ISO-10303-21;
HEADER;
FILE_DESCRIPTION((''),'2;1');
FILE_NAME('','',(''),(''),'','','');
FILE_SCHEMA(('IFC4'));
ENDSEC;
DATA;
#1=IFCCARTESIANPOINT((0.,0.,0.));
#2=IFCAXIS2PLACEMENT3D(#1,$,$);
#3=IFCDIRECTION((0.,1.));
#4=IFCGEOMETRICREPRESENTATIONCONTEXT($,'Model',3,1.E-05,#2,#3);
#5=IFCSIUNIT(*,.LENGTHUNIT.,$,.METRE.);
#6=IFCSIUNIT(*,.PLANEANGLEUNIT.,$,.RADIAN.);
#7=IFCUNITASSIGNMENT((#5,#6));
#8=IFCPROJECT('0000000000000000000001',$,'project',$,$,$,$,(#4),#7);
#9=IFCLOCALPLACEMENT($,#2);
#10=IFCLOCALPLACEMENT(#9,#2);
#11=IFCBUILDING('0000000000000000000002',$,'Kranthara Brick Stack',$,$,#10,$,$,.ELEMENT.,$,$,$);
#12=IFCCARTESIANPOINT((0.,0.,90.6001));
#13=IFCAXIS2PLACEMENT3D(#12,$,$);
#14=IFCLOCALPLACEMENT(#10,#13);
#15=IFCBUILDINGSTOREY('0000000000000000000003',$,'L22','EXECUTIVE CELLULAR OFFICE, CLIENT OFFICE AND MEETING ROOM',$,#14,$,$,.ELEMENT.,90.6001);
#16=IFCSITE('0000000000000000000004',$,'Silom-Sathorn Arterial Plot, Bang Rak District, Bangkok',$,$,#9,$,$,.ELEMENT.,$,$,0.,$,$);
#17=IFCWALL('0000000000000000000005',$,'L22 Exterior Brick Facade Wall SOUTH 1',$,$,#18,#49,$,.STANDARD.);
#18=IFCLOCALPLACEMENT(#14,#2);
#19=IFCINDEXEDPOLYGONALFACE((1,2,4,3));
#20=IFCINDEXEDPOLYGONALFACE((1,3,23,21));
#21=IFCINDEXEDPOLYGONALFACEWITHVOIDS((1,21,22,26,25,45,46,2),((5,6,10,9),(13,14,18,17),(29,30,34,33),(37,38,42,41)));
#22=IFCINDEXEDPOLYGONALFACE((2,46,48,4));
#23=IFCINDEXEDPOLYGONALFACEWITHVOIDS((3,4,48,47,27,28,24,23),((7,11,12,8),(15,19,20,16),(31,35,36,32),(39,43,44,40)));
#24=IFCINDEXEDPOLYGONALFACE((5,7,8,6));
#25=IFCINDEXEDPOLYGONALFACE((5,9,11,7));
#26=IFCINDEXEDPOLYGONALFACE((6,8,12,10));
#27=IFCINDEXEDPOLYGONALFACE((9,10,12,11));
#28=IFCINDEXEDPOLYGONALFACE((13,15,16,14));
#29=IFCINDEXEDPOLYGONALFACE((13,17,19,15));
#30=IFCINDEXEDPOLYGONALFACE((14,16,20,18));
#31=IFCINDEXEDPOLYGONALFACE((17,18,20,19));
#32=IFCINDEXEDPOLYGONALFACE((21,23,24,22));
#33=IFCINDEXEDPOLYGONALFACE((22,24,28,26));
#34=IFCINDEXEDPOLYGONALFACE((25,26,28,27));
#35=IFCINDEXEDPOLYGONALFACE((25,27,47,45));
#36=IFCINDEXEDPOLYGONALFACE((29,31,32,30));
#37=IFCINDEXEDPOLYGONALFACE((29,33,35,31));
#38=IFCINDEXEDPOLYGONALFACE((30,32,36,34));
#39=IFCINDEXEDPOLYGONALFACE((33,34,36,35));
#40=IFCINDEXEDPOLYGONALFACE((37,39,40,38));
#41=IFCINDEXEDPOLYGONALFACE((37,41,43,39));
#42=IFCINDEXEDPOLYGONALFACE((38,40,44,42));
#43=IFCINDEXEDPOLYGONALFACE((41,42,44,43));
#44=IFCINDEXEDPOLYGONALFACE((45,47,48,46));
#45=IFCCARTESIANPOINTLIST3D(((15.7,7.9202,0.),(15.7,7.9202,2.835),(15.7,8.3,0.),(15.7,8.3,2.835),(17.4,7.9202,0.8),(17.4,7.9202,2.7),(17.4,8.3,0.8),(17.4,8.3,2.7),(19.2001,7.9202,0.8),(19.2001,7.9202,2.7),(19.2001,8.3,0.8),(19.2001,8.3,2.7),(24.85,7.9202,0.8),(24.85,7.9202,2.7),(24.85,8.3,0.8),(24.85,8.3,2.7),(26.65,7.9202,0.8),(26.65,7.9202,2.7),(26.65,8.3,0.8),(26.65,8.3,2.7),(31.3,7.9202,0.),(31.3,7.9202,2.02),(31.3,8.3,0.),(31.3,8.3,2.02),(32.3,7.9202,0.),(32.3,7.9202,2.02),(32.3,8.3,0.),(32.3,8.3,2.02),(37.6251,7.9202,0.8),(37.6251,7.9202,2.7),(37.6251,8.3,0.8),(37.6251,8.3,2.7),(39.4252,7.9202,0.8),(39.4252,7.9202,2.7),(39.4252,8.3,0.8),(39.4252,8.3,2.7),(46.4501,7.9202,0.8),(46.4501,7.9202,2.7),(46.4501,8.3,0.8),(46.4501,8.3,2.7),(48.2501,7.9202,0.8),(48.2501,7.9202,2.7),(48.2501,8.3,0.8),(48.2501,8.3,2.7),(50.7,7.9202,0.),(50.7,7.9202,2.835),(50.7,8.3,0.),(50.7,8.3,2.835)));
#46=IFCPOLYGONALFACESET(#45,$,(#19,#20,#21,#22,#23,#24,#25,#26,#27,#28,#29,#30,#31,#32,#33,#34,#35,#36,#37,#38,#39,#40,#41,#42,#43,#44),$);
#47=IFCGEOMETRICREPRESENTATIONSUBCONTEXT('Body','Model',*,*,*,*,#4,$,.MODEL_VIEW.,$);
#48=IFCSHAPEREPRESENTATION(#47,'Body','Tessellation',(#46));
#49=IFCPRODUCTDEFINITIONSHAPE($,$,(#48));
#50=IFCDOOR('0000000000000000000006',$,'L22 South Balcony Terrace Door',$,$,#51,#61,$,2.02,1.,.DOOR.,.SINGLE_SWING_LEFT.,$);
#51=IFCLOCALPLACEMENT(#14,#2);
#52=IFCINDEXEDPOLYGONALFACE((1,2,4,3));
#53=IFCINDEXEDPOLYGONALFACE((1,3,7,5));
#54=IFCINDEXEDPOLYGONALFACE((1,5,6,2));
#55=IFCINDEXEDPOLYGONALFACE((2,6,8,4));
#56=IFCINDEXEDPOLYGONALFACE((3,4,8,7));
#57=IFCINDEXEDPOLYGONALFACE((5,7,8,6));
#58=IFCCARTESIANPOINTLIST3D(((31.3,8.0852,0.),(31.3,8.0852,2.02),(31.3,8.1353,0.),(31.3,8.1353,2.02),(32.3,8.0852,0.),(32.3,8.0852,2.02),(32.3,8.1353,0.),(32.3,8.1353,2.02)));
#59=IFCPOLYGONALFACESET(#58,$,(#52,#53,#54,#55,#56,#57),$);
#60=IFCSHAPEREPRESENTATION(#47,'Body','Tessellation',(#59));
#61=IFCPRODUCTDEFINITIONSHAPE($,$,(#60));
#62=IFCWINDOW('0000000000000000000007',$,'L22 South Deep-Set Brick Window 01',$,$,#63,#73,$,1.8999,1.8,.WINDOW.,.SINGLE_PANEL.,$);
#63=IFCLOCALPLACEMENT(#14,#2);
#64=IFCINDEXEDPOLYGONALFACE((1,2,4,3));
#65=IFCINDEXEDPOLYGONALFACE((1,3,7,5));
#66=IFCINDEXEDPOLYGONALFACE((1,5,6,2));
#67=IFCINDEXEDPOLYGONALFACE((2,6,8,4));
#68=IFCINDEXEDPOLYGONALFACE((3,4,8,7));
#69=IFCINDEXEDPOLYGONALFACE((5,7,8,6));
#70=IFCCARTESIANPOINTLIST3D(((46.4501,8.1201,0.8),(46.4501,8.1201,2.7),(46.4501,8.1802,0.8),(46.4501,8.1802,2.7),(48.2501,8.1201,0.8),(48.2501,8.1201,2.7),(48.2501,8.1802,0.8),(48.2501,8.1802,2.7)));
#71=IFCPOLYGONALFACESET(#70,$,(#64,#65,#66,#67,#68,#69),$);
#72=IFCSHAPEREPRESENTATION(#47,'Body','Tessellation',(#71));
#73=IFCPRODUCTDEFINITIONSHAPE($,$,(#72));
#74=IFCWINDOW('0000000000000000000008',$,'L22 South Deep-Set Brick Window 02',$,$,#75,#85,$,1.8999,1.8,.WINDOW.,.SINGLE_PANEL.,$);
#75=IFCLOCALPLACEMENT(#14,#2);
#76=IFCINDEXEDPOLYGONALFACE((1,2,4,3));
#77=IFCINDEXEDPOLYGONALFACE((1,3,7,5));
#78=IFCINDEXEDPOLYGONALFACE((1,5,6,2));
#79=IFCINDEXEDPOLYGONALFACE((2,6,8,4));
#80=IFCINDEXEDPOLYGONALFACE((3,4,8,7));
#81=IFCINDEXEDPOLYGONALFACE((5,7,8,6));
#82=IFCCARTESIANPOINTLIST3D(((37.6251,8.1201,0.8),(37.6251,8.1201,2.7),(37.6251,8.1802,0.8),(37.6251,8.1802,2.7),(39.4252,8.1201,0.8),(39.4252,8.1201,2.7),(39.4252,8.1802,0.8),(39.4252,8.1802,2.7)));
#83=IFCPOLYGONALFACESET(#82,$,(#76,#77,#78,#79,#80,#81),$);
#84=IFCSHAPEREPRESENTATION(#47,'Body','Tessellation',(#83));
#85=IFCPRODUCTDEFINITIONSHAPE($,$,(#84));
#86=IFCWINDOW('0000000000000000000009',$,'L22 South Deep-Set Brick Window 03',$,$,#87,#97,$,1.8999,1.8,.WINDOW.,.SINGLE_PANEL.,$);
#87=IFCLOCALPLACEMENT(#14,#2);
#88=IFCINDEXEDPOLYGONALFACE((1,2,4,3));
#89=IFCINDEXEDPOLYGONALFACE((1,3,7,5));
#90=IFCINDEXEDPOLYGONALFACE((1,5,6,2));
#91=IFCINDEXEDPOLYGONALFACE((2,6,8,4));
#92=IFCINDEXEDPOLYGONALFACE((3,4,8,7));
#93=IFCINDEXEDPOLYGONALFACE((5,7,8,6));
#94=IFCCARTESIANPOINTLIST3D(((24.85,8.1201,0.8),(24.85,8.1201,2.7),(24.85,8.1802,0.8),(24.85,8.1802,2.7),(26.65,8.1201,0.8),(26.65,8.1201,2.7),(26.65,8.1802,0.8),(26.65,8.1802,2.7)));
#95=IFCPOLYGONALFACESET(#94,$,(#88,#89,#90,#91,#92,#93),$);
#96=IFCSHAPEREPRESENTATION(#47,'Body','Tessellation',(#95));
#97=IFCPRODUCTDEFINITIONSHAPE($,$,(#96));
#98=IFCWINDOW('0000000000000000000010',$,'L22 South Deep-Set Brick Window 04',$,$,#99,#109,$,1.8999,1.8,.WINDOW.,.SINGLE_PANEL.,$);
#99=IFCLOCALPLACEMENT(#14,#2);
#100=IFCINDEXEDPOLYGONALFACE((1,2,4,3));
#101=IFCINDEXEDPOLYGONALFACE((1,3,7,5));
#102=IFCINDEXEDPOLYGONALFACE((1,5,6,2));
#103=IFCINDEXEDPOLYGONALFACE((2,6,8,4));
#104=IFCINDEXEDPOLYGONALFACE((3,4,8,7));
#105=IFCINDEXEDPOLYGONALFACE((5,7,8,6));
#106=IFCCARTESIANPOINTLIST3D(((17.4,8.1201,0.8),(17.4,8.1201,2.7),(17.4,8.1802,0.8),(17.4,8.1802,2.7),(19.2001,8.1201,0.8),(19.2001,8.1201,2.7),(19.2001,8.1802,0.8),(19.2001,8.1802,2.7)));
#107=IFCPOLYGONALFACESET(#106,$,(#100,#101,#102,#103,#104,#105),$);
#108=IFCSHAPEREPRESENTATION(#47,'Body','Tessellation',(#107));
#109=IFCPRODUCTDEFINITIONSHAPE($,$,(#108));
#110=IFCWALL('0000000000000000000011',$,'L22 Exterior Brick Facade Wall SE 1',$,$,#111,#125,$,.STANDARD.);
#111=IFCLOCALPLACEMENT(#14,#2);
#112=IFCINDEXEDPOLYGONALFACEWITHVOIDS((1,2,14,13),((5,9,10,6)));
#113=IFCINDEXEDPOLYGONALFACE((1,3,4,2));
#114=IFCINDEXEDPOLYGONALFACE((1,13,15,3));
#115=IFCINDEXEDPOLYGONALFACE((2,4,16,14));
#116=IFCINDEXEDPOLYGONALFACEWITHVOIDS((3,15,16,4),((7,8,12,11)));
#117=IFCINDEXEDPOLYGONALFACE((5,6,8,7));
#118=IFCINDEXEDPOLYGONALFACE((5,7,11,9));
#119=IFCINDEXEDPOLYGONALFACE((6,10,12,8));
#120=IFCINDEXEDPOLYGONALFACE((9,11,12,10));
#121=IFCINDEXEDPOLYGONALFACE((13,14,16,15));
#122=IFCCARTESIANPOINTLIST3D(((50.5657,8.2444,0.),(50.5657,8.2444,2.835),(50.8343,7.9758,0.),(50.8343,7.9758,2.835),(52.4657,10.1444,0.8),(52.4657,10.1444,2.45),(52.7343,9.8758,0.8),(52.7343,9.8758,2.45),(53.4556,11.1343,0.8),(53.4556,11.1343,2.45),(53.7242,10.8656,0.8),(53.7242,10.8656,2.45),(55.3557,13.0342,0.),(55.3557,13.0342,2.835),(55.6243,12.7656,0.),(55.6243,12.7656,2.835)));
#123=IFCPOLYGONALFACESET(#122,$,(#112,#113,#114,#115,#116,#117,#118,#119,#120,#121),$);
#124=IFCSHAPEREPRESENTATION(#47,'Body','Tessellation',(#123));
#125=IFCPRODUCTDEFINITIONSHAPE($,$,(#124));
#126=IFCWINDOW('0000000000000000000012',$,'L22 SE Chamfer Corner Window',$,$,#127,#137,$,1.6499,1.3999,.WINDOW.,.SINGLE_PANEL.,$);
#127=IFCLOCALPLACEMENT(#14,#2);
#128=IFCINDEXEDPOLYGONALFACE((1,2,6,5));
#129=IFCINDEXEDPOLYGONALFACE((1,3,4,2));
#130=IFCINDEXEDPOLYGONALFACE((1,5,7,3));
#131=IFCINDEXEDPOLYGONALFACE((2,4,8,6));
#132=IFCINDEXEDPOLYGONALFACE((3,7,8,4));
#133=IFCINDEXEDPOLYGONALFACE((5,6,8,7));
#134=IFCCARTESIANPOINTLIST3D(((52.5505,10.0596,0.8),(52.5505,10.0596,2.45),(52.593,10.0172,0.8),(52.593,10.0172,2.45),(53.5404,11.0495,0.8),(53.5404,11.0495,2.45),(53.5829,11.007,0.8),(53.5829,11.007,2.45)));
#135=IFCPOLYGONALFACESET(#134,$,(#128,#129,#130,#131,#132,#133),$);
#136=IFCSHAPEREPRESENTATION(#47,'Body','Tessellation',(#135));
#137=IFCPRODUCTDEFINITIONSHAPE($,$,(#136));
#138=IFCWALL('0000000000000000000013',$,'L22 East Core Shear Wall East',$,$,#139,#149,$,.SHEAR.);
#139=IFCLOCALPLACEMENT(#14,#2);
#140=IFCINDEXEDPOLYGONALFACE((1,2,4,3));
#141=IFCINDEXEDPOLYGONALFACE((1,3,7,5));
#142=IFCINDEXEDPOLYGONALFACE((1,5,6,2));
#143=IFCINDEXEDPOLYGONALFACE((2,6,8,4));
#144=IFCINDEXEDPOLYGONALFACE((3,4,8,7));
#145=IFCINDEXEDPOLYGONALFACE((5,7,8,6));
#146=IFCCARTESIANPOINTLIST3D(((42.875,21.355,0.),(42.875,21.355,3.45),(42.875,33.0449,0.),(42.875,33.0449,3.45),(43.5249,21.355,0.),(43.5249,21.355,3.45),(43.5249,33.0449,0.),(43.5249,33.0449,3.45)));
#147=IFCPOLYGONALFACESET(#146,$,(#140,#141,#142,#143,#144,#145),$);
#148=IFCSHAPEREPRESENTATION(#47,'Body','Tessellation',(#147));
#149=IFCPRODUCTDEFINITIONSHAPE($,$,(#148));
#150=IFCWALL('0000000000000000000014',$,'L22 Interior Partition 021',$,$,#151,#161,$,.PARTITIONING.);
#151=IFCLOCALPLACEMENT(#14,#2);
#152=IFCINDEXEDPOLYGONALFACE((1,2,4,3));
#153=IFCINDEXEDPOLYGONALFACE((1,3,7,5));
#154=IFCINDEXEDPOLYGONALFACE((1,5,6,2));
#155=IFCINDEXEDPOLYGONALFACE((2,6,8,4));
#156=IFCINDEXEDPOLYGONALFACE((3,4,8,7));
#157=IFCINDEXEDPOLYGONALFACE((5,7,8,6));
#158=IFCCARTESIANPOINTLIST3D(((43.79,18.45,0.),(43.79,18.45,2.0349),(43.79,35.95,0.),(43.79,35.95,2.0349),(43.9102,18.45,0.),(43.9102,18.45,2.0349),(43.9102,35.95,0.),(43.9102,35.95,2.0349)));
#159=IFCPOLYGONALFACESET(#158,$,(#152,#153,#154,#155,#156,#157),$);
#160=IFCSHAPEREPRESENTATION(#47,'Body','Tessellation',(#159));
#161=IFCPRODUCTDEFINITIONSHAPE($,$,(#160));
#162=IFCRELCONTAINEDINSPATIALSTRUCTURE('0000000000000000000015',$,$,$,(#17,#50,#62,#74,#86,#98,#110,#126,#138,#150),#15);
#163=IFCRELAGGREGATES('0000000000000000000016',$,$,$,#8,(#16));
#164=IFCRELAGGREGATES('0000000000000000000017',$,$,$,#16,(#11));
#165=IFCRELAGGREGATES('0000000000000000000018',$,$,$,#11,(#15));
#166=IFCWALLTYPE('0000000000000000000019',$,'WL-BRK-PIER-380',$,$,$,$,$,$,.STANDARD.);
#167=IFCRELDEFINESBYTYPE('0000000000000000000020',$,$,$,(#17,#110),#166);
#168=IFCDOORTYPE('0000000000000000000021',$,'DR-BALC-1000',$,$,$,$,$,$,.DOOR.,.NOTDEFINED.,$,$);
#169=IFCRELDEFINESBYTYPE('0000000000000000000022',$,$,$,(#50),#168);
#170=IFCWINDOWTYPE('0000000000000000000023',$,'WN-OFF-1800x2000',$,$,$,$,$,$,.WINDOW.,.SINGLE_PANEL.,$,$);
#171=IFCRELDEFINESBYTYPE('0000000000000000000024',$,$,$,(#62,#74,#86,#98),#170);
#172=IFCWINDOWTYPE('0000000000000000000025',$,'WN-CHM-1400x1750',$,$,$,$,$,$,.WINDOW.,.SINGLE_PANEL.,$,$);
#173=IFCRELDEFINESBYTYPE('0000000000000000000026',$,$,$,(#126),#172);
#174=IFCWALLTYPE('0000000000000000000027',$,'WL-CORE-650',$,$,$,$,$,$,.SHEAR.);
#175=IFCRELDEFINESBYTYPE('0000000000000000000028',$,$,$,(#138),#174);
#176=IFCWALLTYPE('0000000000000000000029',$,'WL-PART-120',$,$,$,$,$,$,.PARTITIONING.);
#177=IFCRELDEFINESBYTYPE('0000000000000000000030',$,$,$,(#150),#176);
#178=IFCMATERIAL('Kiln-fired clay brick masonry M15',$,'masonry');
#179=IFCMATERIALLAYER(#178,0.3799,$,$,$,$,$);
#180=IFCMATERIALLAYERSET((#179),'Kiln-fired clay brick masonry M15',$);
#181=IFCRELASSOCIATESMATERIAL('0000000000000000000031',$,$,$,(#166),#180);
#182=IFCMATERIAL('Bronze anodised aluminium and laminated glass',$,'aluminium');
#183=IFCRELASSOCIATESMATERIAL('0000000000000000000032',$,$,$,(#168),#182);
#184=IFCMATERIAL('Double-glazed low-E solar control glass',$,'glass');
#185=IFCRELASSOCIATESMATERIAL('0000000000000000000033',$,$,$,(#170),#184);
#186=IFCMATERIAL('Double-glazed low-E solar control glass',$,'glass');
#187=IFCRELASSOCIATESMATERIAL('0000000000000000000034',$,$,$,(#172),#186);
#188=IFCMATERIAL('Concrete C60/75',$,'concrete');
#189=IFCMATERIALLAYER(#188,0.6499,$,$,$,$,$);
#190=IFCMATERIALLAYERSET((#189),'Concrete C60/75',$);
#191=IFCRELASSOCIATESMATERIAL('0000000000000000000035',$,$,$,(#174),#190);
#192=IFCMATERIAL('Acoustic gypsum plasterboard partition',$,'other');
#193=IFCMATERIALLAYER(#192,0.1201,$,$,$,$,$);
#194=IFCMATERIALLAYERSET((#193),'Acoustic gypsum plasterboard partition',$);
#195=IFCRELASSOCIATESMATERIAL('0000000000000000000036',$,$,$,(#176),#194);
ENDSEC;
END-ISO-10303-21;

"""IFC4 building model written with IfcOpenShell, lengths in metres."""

from ifc_helpers import new_model, si_unit, direction, frame, frame_2d, origin, place, context, subcontext, project, spatial, rectangle, extrude, material, layer, layer_set, type_object, element, fill, save


model = new_model("IFC4")

# Units and contexts
model_context = context("Model", 3, precision=1e-05, world=origin(), true_north=direction((0.0, 1.0)))
body_context = subcontext(model_context, "Body", "Model", "MODEL_VIEW")
ifc_project = project(units=[si_unit("LENGTHUNIT", "METRE"), si_unit("PLANEANGLEUNIT", "RADIAN")], contexts=[model_context])

# Site, building, storey
site_placement = place(None, origin())
site = spatial("IfcSite", under=ifc_project, at=site_placement, Name="Silom-Sathorn Arterial Plot, Bang Rak District, Bangkok", CompositionType="ELEMENT", RefElevation=0.0)
building_placement = place(site_placement, origin())
building = spatial("IfcBuilding", under=site, at=building_placement, Name="Kranthara Brick Stack", CompositionType="ELEMENT")
storey_placement = place(building_placement, frame((0.0, 0.0, 90.6001)))
storey = spatial("IfcBuildingStorey", under=building, at=storey_placement, Name="L22", Description="EXECUTIVE CELLULAR OFFICE, CLIENT OFFICE AND MEETING ROOM", CompositionType="ELEMENT", Elevation=90.6001)

# Wall, openings, door, windows
ifc_material_1 = material(Name="Kiln-fired clay brick masonry M15", Category="masonry")
ifc_layer_1 = layer(ifc_material_1, 0.3799)
ifc_layer_set_1 = layer_set([ifc_layer_1], Name="Kiln-fired clay brick masonry M15")
wall_type_1 = type_object("IfcWallType", Name="WL-BRK-PIER-380", PredefinedType="STANDARD", material=ifc_layer_set_1)
wall_1_placement = place(storey_placement, frame((50.7, 8.1101, 0.0), z_axis=(0.0, 0.0, 1.0), x_axis=(-1.0, 0.0, 0.0)))
wall_1 = element("IfcWall", 1, at=wall_1_placement, inside=storey, type_object=wall_type_1, Name="L22 Exterior Brick Facade Wall SOUTH 1", PredefinedType="STANDARD", context=body_context, shape_type="SweptSolid", body=[
    extrude(rectangle(XDim=35.0, YDim=0.3799, at=frame_2d((17.5, 0.0))), origin(), (0.0, 0.0, 1.0), 2.835),
])
opening_1_placement = place(wall_1_placement, frame((18.3999, 0.0, 0.0)))
opening_1 = element("IfcOpeningElement", 2, at=opening_1_placement, cuts=wall_1, PredefinedType="OPENING", context=body_context, shape_type="SweptSolid", body=[
    extrude(rectangle(XDim=1.0, YDim=2.02, at=frame_2d((0.5, 1.01))), frame((0.0, 0.2, 0.0), z_axis=(0.0, -1.0, 0.0), x_axis=(1.0, 0.0, 0.0)), (0.0, 0.0, 1.0), 0.3999),
])
opening_2_placement = place(wall_1_placement, frame((2.45, 0.0, 0.8)))
opening_2 = element("IfcOpeningElement", 3, at=opening_2_placement, cuts=wall_1, PredefinedType="OPENING", context=body_context, shape_type="SweptSolid", body=[
    extrude(rectangle(XDim=1.8, YDim=1.8999, at=frame_2d((0.8999, 0.95))), frame((0.0, 0.2, 0.0), z_axis=(0.0, -1.0, 0.0), x_axis=(1.0, 0.0, 0.0)), (0.0, 0.0, 1.0), 0.3999),
])
opening_3_placement = place(wall_1_placement, frame((11.2749, 0.0, 0.8)))
opening_3 = element("IfcOpeningElement", 4, at=opening_3_placement, cuts=wall_1, PredefinedType="OPENING", context=body_context, shape_type="SweptSolid", body=[
    extrude(rectangle(XDim=1.8, YDim=1.8999, at=frame_2d((0.8999, 0.95))), frame((0.0, 0.2, 0.0), z_axis=(0.0, -1.0, 0.0), x_axis=(1.0, 0.0, 0.0)), (0.0, 0.0, 1.0), 0.3999),
])
opening_4_placement = place(wall_1_placement, frame((24.05, 0.0, 0.8)))
opening_4 = element("IfcOpeningElement", 5, at=opening_4_placement, cuts=wall_1, PredefinedType="OPENING", context=body_context, shape_type="SweptSolid", body=[
    extrude(rectangle(XDim=1.8, YDim=1.8999, at=frame_2d((0.8999, 0.95))), frame((0.0, 0.2, 0.0), z_axis=(0.0, -1.0, 0.0), x_axis=(1.0, 0.0, 0.0)), (0.0, 0.0, 1.0), 0.3999),
])
opening_5_placement = place(wall_1_placement, frame((31.5, 0.0, 0.8)))
opening_5 = element("IfcOpeningElement", 6, at=opening_5_placement, cuts=wall_1, PredefinedType="OPENING", context=body_context, shape_type="SweptSolid", body=[
    extrude(rectangle(XDim=1.8, YDim=1.8999, at=frame_2d((0.8999, 0.95))), frame((0.0, 0.2, 0.0), z_axis=(0.0, -1.0, 0.0), x_axis=(1.0, 0.0, 0.0)), (0.0, 0.0, 1.0), 0.3999),
])
ifc_material_2 = material(Name="Bronze anodised aluminium and laminated glass", Category="aluminium")
door_type_1 = type_object("IfcDoorType", Name="DR-BALC-1000", OperationType="NOTDEFINED", PredefinedType="DOOR", material=ifc_material_2)
door_1_placement = place(opening_1_placement, origin())
door_1 = element("IfcDoor", 7, at=door_1_placement, inside=storey, type_object=door_type_1, Name="L22 South Balcony Terrace Door", OperationType="SINGLE_SWING_LEFT", OverallHeight=2.02, OverallWidth=1.0, PredefinedType="DOOR", context=body_context, shape_type="SweptSolid", body=[
    extrude(rectangle(XDim=1.0, YDim=2.02, at=frame_2d((0.5, 1.01))), frame((0.0, 0.0249, 0.0), z_axis=(0.0, -1.0, 0.0), x_axis=(1.0, 0.0, 0.0)), (0.0, 0.0, 1.0), 0.05),
])
fill(opening_1, door_1)
ifc_material_3 = material(Name="Double-glazed low-E solar control glass", Category="glass")
window_type_1 = type_object("IfcWindowType", Name="WN-OFF-1800x2000", PartitioningType="SINGLE_PANEL", PredefinedType="WINDOW", material=ifc_material_3)
window_1_placement = place(opening_2_placement, origin())
window_1 = element("IfcWindow", 8, at=window_1_placement, inside=storey, type_object=window_type_1, Name="L22 South Deep-Set Brick Window 01", OverallHeight=1.8999, OverallWidth=1.8, PartitioningType="SINGLE_PANEL", PredefinedType="WINDOW", context=body_context, shape_type="SweptSolid", body=[
    extrude(rectangle(XDim=1.8, YDim=1.8999, at=frame_2d((0.8999, 0.95))), frame((0.0, -0.01, 0.0), z_axis=(0.0, -1.0, 0.0), x_axis=(1.0, 0.0, 0.0)), (0.0, 0.0, 1.0), 0.0601),
])
fill(opening_2, window_1)
window_2_placement = place(opening_3_placement, origin())
window_2 = element("IfcWindow", 9, at=window_2_placement, inside=storey, type_object=window_type_1, Name="L22 South Deep-Set Brick Window 02", OverallHeight=1.8999, OverallWidth=1.8, PartitioningType="SINGLE_PANEL", PredefinedType="WINDOW", context=body_context, shape_type="SweptSolid", body=[
    extrude(rectangle(XDim=1.8, YDim=1.8999, at=frame_2d((0.8999, 0.95))), frame((0.0, -0.01, 0.0), z_axis=(0.0, -1.0, 0.0), x_axis=(1.0, 0.0, 0.0)), (0.0, 0.0, 1.0), 0.0601),
])
fill(opening_3, window_2)
window_3_placement = place(opening_4_placement, origin())
window_3 = element("IfcWindow", 10, at=window_3_placement, inside=storey, type_object=window_type_1, Name="L22 South Deep-Set Brick Window 03", OverallHeight=1.8999, OverallWidth=1.8, PartitioningType="SINGLE_PANEL", PredefinedType="WINDOW", context=body_context, shape_type="SweptSolid", body=[
    extrude(rectangle(XDim=1.8, YDim=1.8999, at=frame_2d((0.8999, 0.95))), frame((0.0, -0.01, 0.0), z_axis=(0.0, -1.0, 0.0), x_axis=(1.0, 0.0, 0.0)), (0.0, 0.0, 1.0), 0.0601),
])
fill(opening_4, window_3)
window_4_placement = place(opening_5_placement, origin())
window_4 = element("IfcWindow", 11, at=window_4_placement, inside=storey, type_object=window_type_1, Name="L22 South Deep-Set Brick Window 04", OverallHeight=1.8999, OverallWidth=1.8, PartitioningType="SINGLE_PANEL", PredefinedType="WINDOW", context=body_context, shape_type="SweptSolid", body=[
    extrude(rectangle(XDim=1.8, YDim=1.8999, at=frame_2d((0.8999, 0.95))), frame((0.0, -0.01, 0.0), z_axis=(0.0, -1.0, 0.0), x_axis=(1.0, 0.0, 0.0)), (0.0, 0.0, 1.0), 0.0601),
])
fill(opening_5, window_4)

# Wall, opening, window
wall_2_placement = place(storey_placement, frame((55.49, 12.8999, 0.0), z_axis=(0.0, 0.0, 1.0), x_axis=(-0.707125, -0.707089, 0.0)))
wall_2 = element("IfcWall", 12, at=wall_2_placement, inside=storey, type_object=wall_type_1, Name="L22 Exterior Brick Facade Wall SE 1", PredefinedType="STANDARD", context=body_context, shape_type="SweptSolid", body=[
    extrude(rectangle(XDim=6.7739, YDim=0.3799, at=frame_2d((3.387, 0.0))), origin(), (0.0, 0.0, 1.0), 2.835),
])
opening_6_placement = place(wall_2_placement, frame((2.687, 0.0, 0.8)))
opening_6 = element("IfcOpeningElement", 13, at=opening_6_placement, cuts=wall_2, PredefinedType="OPENING", context=body_context, shape_type="SweptSolid", body=[
    extrude(rectangle(XDim=1.3999, YDim=1.6499, at=frame_2d((0.7, 0.825))), frame((0.0, 0.2, 0.0), z_axis=(0.0, -1.0, 0.0), x_axis=(1.0, 0.0, 0.0)), (0.0, 0.0, 1.0), 0.3999),
])
ifc_material_4 = material(Name="Double-glazed low-E solar control glass", Category="glass")
window_type_2 = type_object("IfcWindowType", Name="WN-CHM-1400x1750", PartitioningType="SINGLE_PANEL", PredefinedType="WINDOW", material=ifc_material_4)
window_5_placement = place(opening_6_placement, origin())
window_5 = element("IfcWindow", 14, at=window_5_placement, inside=storey, type_object=window_type_2, Name="L22 SE Chamfer Corner Window", OverallHeight=1.6499, OverallWidth=1.3999, PartitioningType="SINGLE_PANEL", PredefinedType="WINDOW", context=body_context, shape_type="SweptSolid", body=[
    extrude(rectangle(XDim=1.3999, YDim=1.6499, at=frame_2d((0.7, 0.825))), frame((0.0, -0.01, 0.0), z_axis=(0.0, -1.0, 0.0), x_axis=(1.0, 0.0, 0.0)), (0.0, 0.0, 1.0), 0.0601),
])
fill(opening_6, window_5)

# Walls
ifc_material_5 = material(Name="Concrete C60/75", Category="concrete")
ifc_layer_2 = layer(ifc_material_5, 0.6499)
ifc_layer_set_2 = layer_set([ifc_layer_2], Name="Concrete C60/75")
wall_type_2 = type_object("IfcWallType", Name="WL-CORE-650", PredefinedType="SHEAR", material=ifc_layer_set_2)
wall_3_placement = place(storey_placement, frame((43.2, 21.355, 0.0), z_axis=(0.0, 0.0, 1.0), x_axis=(0.0, 1.0, 0.0)))
element("IfcWall", 15, at=wall_3_placement, inside=storey, type_object=wall_type_2, Name="L22 East Core Shear Wall East", PredefinedType="SHEAR", context=body_context, shape_type="SweptSolid", body=[
    extrude(rectangle(XDim=11.6899, YDim=0.6499, at=frame_2d((5.845, 0.0))), origin(), (0.0, 0.0, 1.0), 3.45),
])
ifc_material_6 = material(Name="Acoustic gypsum plasterboard partition", Category="other")
ifc_layer_3 = layer(ifc_material_6, 0.1201)
ifc_layer_set_3 = layer_set([ifc_layer_3], Name="Acoustic gypsum plasterboard partition")
wall_type_3 = type_object("IfcWallType", Name="WL-PART-120", PredefinedType="PARTITIONING", material=ifc_layer_set_3)
wall_4_placement = place(storey_placement, frame((43.8501, 18.45, 0.0), z_axis=(0.0, 0.0, 1.0), x_axis=(0.0, 1.0, 0.0)))
element("IfcWall", 16, at=wall_4_placement, inside=storey, type_object=wall_type_3, Name="L22 Interior Partition 021", PredefinedType="PARTITIONING", context=body_context, shape_type="SweptSolid", body=[
    extrude(rectangle(XDim=17.5, YDim=0.1201, at=frame_2d((8.75, 0.0))), origin(), (0.0, 0.0, 1.0), 2.0349),
])

save(model, "model.ifc")
